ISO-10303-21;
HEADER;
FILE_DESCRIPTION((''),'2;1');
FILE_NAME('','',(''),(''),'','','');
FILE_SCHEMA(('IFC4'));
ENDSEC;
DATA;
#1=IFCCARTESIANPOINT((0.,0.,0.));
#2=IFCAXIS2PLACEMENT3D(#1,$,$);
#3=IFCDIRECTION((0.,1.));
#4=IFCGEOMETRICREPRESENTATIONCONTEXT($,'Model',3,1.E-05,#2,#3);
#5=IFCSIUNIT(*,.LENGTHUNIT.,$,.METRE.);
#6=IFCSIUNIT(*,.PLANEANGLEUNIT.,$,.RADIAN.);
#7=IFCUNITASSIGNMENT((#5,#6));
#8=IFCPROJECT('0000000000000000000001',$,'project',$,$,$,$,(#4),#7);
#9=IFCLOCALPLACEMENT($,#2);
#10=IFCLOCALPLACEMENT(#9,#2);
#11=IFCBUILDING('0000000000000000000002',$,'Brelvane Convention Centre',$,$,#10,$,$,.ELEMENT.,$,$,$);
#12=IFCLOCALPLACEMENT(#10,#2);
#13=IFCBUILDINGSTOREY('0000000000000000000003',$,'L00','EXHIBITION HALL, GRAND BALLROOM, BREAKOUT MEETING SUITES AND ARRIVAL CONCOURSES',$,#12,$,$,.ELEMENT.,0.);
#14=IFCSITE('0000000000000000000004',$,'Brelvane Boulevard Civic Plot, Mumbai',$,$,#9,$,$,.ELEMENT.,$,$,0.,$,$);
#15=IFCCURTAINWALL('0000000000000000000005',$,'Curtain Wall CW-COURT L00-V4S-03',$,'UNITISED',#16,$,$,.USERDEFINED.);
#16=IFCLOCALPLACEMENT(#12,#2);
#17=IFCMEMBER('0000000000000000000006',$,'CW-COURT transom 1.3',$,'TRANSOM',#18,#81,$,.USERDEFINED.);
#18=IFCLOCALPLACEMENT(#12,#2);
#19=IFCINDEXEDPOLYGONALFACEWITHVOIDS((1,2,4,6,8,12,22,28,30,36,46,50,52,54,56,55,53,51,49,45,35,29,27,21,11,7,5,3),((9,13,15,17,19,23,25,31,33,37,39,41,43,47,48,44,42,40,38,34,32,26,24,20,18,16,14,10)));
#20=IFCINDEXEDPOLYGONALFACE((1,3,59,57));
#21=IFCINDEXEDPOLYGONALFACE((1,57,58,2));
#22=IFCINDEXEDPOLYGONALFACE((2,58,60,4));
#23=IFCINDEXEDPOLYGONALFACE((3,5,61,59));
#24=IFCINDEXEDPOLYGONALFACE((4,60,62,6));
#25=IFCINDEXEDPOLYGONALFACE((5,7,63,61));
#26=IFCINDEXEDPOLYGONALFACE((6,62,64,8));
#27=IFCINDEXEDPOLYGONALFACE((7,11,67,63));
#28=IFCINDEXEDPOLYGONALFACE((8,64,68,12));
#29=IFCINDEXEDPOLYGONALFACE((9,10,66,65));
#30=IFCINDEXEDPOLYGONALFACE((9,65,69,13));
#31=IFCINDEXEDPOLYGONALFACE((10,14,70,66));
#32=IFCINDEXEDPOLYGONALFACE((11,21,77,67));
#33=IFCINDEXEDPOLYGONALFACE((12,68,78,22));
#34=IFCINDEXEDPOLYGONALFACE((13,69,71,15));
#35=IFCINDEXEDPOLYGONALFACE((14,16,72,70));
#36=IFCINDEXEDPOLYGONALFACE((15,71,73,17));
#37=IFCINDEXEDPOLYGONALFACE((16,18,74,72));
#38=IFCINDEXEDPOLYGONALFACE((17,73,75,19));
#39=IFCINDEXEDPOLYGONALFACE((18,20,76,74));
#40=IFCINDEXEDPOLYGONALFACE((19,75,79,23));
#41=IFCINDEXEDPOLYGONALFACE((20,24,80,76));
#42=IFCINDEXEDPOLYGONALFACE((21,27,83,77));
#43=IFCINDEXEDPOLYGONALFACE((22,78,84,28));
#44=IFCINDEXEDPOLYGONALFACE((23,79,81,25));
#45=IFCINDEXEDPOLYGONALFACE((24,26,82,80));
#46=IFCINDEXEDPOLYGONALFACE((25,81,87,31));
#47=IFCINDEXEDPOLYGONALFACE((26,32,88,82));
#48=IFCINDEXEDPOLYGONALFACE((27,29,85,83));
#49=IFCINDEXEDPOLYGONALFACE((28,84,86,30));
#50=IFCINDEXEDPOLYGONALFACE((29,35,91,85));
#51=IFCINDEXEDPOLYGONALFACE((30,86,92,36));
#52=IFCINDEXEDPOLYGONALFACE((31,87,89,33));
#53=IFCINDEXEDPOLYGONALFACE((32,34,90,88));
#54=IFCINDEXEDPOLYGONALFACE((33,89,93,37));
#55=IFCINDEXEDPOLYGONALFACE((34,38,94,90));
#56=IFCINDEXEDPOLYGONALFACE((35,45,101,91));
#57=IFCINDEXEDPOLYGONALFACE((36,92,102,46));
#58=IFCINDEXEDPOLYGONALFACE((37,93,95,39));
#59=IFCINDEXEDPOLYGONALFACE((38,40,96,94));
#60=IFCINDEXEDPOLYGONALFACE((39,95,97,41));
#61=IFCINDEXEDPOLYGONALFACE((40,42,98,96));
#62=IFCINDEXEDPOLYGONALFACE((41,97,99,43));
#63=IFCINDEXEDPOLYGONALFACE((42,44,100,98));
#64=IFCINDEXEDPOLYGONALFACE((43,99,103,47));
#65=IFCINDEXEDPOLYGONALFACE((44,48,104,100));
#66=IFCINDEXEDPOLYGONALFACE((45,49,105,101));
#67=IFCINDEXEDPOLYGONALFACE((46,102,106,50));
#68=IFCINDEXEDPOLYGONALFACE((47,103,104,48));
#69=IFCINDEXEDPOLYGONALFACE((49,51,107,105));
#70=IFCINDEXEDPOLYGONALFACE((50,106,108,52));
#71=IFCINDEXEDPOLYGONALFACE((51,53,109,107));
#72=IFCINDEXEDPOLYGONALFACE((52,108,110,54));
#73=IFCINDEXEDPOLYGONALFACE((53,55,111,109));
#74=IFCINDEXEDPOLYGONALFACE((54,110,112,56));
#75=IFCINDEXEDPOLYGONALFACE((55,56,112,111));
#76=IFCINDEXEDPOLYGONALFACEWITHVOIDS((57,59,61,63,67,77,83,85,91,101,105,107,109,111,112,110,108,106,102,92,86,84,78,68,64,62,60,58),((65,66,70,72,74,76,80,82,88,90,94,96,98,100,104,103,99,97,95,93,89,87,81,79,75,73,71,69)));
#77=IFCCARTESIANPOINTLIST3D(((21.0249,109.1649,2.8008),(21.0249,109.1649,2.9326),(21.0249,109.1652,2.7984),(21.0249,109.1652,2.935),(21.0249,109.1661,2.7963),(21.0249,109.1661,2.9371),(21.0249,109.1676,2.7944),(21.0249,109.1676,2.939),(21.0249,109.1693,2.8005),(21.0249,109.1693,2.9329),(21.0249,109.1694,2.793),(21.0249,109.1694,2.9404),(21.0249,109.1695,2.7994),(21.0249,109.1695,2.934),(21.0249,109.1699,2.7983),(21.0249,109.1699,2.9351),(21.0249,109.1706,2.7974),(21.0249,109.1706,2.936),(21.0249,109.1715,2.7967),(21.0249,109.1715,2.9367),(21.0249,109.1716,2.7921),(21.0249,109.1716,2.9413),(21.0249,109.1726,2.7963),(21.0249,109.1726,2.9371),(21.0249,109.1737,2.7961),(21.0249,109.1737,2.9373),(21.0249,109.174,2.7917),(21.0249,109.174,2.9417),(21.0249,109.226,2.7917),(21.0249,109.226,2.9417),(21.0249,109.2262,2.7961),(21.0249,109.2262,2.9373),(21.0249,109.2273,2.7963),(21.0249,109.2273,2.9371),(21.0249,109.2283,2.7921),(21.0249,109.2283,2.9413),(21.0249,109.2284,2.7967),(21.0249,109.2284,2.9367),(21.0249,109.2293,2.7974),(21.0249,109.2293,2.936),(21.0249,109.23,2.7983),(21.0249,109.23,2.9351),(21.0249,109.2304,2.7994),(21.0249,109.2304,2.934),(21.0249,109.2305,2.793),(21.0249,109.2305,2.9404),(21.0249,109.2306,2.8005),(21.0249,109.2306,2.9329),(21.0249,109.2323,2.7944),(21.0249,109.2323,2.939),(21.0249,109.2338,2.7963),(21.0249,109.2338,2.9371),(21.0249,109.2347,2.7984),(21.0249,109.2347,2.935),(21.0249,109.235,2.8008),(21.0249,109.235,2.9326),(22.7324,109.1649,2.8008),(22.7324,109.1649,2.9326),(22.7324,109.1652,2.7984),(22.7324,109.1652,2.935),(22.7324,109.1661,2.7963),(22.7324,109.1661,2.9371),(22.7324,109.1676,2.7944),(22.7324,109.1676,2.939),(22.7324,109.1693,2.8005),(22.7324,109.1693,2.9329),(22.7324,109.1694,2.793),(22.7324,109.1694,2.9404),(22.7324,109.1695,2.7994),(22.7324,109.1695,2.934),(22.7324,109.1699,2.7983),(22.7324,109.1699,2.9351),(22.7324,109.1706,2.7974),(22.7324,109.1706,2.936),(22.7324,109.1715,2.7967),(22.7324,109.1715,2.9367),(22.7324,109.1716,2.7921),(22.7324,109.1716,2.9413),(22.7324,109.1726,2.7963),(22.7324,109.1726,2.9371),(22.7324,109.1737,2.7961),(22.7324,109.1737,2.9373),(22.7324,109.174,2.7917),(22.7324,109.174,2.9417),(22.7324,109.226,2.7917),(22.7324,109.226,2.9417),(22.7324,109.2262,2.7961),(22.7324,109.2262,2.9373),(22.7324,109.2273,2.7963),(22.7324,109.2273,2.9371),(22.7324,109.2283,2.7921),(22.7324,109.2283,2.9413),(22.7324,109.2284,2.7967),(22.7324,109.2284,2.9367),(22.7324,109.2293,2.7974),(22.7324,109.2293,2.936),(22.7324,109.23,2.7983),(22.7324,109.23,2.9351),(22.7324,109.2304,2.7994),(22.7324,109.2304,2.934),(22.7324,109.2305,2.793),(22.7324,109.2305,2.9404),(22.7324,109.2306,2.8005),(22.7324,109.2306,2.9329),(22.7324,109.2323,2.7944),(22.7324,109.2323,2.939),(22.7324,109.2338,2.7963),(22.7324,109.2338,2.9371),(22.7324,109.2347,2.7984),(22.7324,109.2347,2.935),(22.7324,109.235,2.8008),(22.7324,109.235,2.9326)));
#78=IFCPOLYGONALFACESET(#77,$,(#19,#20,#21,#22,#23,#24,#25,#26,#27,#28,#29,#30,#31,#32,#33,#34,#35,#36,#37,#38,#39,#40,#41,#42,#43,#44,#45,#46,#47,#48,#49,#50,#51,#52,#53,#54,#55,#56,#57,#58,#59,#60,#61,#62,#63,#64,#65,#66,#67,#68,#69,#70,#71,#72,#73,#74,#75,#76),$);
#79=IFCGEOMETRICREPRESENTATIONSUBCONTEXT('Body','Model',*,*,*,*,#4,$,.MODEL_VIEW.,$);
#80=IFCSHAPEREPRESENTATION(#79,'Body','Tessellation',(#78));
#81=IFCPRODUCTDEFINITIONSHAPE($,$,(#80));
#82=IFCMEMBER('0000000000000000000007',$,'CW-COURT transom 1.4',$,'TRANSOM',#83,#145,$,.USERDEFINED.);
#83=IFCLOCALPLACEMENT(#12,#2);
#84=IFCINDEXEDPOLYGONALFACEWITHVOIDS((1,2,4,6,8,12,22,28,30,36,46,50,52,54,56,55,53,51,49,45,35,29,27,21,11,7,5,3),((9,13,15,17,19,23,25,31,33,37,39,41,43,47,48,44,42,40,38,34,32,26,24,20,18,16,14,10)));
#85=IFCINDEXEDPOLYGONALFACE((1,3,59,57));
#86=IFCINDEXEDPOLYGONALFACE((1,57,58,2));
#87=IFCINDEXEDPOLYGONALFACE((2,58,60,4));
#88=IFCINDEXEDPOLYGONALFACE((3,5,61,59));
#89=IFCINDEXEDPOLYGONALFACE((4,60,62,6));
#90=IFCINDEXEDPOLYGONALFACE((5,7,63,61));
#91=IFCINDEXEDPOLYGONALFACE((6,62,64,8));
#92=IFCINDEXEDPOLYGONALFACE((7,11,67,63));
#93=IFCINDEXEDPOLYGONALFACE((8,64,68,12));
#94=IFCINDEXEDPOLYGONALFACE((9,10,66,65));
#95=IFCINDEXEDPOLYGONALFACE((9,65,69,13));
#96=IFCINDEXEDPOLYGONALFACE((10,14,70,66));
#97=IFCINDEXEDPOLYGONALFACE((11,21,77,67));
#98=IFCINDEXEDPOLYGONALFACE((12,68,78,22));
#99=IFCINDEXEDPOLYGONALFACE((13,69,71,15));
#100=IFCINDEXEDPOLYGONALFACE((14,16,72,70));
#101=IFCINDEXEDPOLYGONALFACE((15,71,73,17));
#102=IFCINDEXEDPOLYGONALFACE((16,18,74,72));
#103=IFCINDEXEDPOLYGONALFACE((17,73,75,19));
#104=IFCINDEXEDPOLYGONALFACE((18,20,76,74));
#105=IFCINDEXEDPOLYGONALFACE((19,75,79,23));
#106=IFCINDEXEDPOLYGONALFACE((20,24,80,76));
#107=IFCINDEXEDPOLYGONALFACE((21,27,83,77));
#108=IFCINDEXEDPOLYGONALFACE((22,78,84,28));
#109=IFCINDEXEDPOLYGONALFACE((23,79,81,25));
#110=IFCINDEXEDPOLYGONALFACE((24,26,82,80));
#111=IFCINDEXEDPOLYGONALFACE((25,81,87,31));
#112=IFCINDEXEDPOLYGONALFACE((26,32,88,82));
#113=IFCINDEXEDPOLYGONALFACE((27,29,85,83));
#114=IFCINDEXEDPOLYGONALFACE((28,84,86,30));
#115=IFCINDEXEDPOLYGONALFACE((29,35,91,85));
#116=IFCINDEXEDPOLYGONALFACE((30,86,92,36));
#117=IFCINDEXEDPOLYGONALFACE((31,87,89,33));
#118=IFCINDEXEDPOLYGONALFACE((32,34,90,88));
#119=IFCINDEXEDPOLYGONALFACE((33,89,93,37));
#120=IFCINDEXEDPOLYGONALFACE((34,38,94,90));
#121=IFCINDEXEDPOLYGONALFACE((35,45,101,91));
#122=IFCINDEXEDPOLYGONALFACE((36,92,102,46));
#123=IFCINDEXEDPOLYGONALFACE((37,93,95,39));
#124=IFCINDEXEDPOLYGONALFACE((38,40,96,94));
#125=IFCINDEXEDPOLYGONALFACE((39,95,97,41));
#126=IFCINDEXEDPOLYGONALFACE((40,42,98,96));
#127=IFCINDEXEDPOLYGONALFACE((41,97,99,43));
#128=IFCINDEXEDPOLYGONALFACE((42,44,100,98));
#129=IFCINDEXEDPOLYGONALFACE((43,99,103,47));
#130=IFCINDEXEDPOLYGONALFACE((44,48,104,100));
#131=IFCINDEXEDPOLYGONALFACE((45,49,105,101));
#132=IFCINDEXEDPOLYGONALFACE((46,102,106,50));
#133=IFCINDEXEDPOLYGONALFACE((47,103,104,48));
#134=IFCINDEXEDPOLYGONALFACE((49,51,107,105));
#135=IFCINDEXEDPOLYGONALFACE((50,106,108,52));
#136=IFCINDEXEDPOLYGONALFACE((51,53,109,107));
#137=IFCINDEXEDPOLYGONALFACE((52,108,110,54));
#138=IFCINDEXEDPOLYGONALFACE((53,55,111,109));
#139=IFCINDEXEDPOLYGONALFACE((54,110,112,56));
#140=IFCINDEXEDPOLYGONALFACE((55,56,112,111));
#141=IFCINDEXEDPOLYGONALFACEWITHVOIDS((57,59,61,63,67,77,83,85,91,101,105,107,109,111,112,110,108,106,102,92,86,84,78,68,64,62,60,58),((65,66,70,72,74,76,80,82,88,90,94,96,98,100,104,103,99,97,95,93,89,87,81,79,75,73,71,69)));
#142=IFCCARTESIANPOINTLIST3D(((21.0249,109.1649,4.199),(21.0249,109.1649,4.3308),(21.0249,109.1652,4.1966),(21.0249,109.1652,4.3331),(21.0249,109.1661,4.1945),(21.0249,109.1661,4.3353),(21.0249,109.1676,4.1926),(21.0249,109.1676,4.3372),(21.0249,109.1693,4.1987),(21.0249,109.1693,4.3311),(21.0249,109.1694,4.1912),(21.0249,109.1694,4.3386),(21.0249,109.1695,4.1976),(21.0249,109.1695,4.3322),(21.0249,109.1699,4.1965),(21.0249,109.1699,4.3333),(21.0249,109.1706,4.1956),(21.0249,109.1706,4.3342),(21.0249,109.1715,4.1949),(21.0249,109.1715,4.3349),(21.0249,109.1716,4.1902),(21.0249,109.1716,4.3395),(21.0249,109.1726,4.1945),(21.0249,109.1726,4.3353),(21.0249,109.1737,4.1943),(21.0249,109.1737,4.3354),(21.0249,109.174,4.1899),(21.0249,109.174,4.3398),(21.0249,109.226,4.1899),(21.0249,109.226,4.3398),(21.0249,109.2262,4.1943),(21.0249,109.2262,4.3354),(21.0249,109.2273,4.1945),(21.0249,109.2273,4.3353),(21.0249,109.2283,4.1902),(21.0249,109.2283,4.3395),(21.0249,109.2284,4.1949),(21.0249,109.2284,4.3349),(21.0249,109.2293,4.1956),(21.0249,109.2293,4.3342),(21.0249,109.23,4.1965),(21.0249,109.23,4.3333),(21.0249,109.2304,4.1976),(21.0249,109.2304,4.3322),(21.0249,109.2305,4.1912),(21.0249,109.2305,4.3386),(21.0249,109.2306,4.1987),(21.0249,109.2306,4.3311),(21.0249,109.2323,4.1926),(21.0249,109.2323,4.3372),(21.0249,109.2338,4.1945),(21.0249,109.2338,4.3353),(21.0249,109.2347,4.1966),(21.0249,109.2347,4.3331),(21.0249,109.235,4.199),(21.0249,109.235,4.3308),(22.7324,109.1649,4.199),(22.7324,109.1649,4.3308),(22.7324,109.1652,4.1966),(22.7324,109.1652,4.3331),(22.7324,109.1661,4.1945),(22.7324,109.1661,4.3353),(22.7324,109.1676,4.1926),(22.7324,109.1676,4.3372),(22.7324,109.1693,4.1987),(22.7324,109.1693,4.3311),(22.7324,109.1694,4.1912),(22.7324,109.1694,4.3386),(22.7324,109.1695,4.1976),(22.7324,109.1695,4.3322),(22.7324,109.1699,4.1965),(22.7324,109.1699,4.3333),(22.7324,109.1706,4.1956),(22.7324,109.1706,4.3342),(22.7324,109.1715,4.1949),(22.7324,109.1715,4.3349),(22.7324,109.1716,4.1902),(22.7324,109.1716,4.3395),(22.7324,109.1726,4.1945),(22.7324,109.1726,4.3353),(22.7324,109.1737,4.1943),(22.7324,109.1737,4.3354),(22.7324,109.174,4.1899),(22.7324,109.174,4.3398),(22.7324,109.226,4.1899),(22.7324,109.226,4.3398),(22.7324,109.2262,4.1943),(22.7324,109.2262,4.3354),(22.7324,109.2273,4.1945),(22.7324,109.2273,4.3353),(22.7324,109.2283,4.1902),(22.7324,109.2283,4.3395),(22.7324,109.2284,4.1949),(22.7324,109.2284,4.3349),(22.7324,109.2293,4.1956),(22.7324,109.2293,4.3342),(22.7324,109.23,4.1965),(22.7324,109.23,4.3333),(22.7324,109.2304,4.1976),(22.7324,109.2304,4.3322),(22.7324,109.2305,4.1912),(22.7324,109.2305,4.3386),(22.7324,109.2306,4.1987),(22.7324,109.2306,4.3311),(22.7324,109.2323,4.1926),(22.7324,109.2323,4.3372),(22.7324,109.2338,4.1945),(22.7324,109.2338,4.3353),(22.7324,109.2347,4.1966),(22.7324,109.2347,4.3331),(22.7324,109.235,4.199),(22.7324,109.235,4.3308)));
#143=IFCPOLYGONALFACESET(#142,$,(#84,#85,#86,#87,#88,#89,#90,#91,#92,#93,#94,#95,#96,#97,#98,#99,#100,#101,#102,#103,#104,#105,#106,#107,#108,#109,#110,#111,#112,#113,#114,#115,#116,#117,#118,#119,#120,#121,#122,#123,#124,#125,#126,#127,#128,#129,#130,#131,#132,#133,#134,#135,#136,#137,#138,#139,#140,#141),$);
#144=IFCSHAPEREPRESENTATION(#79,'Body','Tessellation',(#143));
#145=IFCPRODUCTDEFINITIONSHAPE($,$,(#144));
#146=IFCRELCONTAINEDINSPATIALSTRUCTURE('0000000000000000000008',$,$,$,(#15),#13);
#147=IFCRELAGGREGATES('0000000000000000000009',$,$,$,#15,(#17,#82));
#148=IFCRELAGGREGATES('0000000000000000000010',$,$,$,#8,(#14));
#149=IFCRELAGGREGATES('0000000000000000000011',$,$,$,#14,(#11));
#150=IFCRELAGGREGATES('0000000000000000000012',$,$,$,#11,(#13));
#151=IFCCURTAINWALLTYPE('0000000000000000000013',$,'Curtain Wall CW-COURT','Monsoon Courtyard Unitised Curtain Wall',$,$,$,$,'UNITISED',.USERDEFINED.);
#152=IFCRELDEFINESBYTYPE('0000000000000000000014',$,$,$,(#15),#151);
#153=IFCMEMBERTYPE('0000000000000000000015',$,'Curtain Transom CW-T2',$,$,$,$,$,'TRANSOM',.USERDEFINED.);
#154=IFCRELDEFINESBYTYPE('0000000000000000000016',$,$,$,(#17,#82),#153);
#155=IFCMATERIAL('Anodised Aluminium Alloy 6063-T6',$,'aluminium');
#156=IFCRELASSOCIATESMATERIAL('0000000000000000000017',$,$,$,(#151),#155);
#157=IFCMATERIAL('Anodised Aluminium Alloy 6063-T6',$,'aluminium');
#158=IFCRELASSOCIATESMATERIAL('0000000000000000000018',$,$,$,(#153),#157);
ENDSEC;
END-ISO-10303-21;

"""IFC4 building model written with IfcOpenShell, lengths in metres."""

from ifc_helpers import new_model, si_unit, direction, frame, origin, origin_2d, place, context, subcontext, project, spatial, hollow_rectangle, extrude, material, material_profile, profile_set, type_object, element, aggregate, save


model = new_model("IFC4")

# Units and contexts
model_context = context("Model", 3, precision=1e-05, world=origin(), true_north=direction((0.0, 1.0)))
body_context = subcontext(model_context, "Body", "Model", "MODEL_VIEW")
ifc_project = project(units=[si_unit("LENGTHUNIT", "METRE"), si_unit("PLANEANGLEUNIT", "RADIAN")], contexts=[model_context])

# Site, building, storey
site_placement = place(None, origin())
site = spatial("IfcSite", under=ifc_project, at=site_placement, Name="Brelvane Boulevard Civic Plot, Mumbai", CompositionType="ELEMENT", RefElevation=0.0)
building_placement = place(site_placement, origin())
building = spatial("IfcBuilding", under=site, at=building_placement, Name="Brelvane Convention Centre", CompositionType="ELEMENT")
storey_placement = place(building_placement, origin())
storey = spatial("IfcBuildingStorey", under=building, at=storey_placement, Name="L00", Description="EXHIBITION HALL, GRAND BALLROOM, BREAKOUT MEETING SUITES AND ARRIVAL CONCOURSES", CompositionType="ELEMENT", Elevation=0.0)

# Curtain wall, members
ifc_material_1 = material(Name="Anodised Aluminium Alloy 6063-T6", Category="aluminium")
curtain_wall_type = type_object("IfcCurtainWallType", Name="Curtain Wall CW-COURT", Description="Monsoon Courtyard Unitised Curtain Wall", ElementType="UNITISED", PredefinedType="USERDEFINED", material=ifc_material_1)
curtain_wall_placement = place(storey_placement, origin())
curtain_wall = element("IfcCurtainWall", 1, at=curtain_wall_placement, inside=storey, type_object=curtain_wall_type, Name="Curtain Wall CW-COURT L00-V4S-03", ObjectType="UNITISED", PredefinedType="USERDEFINED")
ifc_material_2 = material(Name="Anodised Aluminium Alloy 6063-T6", Category="aluminium")
ifc_material_profile_1 = material_profile(ifc_material_2, hollow_rectangle(XDim=0.0701, YDim=0.1499, WallThickness=0.0044, InnerFilletRadius=0.0044, OuterFilletRadius=0.009, at=origin_2d()), Name="ALU-T 150x70x4.5")
ifc_profile_set_1 = profile_set([ifc_material_profile_1], Name="Anodised Aluminium Alloy 6063-T6")
member_type_1 = type_object("IfcMemberType", Name="Curtain Transom CW-T2", ElementType="TRANSOM", PredefinedType="USERDEFINED", material=ifc_profile_set_1)
member_1_placement = place(storey_placement, frame((21.0249, 109.2, 2.8667), z_axis=(1.0, 0.0, 0.0), x_axis=(0.0, 1.0, 0.0)))
member_1 = element("IfcMember", 2, at=member_1_placement, type_object=member_type_1, Name="CW-COURT transom 1.3", ObjectType="TRANSOM", PredefinedType="USERDEFINED", context=body_context, shape_type="SweptSolid", body=[
    extrude(hollow_rectangle(XDim=0.0701, YDim=0.1499, WallThickness=0.0044, InnerFilletRadius=0.0044, OuterFilletRadius=0.009, at=origin_2d()), origin(), (0.0, 0.0, 1.0), 1.7075),
])
member_2_placement = place(storey_placement, frame((21.0249, 109.2, 4.2649), z_axis=(1.0, 0.0, 0.0), x_axis=(0.0, 1.0, 0.0)))
member_2 = element("IfcMember", 3, at=member_2_placement, type_object=member_type_1, Name="CW-COURT transom 1.4", ObjectType="TRANSOM", PredefinedType="USERDEFINED", context=body_context, shape_type="SweptSolid", body=[
    extrude(hollow_rectangle(XDim=0.0701, YDim=0.1499, WallThickness=0.0044, InnerFilletRadius=0.0044, OuterFilletRadius=0.009, at=origin_2d()), origin(), (0.0, 0.0, 1.0), 1.7075),
])

aggregate(curtain_wall, [member_1, member_2])

save(model, "model.ifc")
